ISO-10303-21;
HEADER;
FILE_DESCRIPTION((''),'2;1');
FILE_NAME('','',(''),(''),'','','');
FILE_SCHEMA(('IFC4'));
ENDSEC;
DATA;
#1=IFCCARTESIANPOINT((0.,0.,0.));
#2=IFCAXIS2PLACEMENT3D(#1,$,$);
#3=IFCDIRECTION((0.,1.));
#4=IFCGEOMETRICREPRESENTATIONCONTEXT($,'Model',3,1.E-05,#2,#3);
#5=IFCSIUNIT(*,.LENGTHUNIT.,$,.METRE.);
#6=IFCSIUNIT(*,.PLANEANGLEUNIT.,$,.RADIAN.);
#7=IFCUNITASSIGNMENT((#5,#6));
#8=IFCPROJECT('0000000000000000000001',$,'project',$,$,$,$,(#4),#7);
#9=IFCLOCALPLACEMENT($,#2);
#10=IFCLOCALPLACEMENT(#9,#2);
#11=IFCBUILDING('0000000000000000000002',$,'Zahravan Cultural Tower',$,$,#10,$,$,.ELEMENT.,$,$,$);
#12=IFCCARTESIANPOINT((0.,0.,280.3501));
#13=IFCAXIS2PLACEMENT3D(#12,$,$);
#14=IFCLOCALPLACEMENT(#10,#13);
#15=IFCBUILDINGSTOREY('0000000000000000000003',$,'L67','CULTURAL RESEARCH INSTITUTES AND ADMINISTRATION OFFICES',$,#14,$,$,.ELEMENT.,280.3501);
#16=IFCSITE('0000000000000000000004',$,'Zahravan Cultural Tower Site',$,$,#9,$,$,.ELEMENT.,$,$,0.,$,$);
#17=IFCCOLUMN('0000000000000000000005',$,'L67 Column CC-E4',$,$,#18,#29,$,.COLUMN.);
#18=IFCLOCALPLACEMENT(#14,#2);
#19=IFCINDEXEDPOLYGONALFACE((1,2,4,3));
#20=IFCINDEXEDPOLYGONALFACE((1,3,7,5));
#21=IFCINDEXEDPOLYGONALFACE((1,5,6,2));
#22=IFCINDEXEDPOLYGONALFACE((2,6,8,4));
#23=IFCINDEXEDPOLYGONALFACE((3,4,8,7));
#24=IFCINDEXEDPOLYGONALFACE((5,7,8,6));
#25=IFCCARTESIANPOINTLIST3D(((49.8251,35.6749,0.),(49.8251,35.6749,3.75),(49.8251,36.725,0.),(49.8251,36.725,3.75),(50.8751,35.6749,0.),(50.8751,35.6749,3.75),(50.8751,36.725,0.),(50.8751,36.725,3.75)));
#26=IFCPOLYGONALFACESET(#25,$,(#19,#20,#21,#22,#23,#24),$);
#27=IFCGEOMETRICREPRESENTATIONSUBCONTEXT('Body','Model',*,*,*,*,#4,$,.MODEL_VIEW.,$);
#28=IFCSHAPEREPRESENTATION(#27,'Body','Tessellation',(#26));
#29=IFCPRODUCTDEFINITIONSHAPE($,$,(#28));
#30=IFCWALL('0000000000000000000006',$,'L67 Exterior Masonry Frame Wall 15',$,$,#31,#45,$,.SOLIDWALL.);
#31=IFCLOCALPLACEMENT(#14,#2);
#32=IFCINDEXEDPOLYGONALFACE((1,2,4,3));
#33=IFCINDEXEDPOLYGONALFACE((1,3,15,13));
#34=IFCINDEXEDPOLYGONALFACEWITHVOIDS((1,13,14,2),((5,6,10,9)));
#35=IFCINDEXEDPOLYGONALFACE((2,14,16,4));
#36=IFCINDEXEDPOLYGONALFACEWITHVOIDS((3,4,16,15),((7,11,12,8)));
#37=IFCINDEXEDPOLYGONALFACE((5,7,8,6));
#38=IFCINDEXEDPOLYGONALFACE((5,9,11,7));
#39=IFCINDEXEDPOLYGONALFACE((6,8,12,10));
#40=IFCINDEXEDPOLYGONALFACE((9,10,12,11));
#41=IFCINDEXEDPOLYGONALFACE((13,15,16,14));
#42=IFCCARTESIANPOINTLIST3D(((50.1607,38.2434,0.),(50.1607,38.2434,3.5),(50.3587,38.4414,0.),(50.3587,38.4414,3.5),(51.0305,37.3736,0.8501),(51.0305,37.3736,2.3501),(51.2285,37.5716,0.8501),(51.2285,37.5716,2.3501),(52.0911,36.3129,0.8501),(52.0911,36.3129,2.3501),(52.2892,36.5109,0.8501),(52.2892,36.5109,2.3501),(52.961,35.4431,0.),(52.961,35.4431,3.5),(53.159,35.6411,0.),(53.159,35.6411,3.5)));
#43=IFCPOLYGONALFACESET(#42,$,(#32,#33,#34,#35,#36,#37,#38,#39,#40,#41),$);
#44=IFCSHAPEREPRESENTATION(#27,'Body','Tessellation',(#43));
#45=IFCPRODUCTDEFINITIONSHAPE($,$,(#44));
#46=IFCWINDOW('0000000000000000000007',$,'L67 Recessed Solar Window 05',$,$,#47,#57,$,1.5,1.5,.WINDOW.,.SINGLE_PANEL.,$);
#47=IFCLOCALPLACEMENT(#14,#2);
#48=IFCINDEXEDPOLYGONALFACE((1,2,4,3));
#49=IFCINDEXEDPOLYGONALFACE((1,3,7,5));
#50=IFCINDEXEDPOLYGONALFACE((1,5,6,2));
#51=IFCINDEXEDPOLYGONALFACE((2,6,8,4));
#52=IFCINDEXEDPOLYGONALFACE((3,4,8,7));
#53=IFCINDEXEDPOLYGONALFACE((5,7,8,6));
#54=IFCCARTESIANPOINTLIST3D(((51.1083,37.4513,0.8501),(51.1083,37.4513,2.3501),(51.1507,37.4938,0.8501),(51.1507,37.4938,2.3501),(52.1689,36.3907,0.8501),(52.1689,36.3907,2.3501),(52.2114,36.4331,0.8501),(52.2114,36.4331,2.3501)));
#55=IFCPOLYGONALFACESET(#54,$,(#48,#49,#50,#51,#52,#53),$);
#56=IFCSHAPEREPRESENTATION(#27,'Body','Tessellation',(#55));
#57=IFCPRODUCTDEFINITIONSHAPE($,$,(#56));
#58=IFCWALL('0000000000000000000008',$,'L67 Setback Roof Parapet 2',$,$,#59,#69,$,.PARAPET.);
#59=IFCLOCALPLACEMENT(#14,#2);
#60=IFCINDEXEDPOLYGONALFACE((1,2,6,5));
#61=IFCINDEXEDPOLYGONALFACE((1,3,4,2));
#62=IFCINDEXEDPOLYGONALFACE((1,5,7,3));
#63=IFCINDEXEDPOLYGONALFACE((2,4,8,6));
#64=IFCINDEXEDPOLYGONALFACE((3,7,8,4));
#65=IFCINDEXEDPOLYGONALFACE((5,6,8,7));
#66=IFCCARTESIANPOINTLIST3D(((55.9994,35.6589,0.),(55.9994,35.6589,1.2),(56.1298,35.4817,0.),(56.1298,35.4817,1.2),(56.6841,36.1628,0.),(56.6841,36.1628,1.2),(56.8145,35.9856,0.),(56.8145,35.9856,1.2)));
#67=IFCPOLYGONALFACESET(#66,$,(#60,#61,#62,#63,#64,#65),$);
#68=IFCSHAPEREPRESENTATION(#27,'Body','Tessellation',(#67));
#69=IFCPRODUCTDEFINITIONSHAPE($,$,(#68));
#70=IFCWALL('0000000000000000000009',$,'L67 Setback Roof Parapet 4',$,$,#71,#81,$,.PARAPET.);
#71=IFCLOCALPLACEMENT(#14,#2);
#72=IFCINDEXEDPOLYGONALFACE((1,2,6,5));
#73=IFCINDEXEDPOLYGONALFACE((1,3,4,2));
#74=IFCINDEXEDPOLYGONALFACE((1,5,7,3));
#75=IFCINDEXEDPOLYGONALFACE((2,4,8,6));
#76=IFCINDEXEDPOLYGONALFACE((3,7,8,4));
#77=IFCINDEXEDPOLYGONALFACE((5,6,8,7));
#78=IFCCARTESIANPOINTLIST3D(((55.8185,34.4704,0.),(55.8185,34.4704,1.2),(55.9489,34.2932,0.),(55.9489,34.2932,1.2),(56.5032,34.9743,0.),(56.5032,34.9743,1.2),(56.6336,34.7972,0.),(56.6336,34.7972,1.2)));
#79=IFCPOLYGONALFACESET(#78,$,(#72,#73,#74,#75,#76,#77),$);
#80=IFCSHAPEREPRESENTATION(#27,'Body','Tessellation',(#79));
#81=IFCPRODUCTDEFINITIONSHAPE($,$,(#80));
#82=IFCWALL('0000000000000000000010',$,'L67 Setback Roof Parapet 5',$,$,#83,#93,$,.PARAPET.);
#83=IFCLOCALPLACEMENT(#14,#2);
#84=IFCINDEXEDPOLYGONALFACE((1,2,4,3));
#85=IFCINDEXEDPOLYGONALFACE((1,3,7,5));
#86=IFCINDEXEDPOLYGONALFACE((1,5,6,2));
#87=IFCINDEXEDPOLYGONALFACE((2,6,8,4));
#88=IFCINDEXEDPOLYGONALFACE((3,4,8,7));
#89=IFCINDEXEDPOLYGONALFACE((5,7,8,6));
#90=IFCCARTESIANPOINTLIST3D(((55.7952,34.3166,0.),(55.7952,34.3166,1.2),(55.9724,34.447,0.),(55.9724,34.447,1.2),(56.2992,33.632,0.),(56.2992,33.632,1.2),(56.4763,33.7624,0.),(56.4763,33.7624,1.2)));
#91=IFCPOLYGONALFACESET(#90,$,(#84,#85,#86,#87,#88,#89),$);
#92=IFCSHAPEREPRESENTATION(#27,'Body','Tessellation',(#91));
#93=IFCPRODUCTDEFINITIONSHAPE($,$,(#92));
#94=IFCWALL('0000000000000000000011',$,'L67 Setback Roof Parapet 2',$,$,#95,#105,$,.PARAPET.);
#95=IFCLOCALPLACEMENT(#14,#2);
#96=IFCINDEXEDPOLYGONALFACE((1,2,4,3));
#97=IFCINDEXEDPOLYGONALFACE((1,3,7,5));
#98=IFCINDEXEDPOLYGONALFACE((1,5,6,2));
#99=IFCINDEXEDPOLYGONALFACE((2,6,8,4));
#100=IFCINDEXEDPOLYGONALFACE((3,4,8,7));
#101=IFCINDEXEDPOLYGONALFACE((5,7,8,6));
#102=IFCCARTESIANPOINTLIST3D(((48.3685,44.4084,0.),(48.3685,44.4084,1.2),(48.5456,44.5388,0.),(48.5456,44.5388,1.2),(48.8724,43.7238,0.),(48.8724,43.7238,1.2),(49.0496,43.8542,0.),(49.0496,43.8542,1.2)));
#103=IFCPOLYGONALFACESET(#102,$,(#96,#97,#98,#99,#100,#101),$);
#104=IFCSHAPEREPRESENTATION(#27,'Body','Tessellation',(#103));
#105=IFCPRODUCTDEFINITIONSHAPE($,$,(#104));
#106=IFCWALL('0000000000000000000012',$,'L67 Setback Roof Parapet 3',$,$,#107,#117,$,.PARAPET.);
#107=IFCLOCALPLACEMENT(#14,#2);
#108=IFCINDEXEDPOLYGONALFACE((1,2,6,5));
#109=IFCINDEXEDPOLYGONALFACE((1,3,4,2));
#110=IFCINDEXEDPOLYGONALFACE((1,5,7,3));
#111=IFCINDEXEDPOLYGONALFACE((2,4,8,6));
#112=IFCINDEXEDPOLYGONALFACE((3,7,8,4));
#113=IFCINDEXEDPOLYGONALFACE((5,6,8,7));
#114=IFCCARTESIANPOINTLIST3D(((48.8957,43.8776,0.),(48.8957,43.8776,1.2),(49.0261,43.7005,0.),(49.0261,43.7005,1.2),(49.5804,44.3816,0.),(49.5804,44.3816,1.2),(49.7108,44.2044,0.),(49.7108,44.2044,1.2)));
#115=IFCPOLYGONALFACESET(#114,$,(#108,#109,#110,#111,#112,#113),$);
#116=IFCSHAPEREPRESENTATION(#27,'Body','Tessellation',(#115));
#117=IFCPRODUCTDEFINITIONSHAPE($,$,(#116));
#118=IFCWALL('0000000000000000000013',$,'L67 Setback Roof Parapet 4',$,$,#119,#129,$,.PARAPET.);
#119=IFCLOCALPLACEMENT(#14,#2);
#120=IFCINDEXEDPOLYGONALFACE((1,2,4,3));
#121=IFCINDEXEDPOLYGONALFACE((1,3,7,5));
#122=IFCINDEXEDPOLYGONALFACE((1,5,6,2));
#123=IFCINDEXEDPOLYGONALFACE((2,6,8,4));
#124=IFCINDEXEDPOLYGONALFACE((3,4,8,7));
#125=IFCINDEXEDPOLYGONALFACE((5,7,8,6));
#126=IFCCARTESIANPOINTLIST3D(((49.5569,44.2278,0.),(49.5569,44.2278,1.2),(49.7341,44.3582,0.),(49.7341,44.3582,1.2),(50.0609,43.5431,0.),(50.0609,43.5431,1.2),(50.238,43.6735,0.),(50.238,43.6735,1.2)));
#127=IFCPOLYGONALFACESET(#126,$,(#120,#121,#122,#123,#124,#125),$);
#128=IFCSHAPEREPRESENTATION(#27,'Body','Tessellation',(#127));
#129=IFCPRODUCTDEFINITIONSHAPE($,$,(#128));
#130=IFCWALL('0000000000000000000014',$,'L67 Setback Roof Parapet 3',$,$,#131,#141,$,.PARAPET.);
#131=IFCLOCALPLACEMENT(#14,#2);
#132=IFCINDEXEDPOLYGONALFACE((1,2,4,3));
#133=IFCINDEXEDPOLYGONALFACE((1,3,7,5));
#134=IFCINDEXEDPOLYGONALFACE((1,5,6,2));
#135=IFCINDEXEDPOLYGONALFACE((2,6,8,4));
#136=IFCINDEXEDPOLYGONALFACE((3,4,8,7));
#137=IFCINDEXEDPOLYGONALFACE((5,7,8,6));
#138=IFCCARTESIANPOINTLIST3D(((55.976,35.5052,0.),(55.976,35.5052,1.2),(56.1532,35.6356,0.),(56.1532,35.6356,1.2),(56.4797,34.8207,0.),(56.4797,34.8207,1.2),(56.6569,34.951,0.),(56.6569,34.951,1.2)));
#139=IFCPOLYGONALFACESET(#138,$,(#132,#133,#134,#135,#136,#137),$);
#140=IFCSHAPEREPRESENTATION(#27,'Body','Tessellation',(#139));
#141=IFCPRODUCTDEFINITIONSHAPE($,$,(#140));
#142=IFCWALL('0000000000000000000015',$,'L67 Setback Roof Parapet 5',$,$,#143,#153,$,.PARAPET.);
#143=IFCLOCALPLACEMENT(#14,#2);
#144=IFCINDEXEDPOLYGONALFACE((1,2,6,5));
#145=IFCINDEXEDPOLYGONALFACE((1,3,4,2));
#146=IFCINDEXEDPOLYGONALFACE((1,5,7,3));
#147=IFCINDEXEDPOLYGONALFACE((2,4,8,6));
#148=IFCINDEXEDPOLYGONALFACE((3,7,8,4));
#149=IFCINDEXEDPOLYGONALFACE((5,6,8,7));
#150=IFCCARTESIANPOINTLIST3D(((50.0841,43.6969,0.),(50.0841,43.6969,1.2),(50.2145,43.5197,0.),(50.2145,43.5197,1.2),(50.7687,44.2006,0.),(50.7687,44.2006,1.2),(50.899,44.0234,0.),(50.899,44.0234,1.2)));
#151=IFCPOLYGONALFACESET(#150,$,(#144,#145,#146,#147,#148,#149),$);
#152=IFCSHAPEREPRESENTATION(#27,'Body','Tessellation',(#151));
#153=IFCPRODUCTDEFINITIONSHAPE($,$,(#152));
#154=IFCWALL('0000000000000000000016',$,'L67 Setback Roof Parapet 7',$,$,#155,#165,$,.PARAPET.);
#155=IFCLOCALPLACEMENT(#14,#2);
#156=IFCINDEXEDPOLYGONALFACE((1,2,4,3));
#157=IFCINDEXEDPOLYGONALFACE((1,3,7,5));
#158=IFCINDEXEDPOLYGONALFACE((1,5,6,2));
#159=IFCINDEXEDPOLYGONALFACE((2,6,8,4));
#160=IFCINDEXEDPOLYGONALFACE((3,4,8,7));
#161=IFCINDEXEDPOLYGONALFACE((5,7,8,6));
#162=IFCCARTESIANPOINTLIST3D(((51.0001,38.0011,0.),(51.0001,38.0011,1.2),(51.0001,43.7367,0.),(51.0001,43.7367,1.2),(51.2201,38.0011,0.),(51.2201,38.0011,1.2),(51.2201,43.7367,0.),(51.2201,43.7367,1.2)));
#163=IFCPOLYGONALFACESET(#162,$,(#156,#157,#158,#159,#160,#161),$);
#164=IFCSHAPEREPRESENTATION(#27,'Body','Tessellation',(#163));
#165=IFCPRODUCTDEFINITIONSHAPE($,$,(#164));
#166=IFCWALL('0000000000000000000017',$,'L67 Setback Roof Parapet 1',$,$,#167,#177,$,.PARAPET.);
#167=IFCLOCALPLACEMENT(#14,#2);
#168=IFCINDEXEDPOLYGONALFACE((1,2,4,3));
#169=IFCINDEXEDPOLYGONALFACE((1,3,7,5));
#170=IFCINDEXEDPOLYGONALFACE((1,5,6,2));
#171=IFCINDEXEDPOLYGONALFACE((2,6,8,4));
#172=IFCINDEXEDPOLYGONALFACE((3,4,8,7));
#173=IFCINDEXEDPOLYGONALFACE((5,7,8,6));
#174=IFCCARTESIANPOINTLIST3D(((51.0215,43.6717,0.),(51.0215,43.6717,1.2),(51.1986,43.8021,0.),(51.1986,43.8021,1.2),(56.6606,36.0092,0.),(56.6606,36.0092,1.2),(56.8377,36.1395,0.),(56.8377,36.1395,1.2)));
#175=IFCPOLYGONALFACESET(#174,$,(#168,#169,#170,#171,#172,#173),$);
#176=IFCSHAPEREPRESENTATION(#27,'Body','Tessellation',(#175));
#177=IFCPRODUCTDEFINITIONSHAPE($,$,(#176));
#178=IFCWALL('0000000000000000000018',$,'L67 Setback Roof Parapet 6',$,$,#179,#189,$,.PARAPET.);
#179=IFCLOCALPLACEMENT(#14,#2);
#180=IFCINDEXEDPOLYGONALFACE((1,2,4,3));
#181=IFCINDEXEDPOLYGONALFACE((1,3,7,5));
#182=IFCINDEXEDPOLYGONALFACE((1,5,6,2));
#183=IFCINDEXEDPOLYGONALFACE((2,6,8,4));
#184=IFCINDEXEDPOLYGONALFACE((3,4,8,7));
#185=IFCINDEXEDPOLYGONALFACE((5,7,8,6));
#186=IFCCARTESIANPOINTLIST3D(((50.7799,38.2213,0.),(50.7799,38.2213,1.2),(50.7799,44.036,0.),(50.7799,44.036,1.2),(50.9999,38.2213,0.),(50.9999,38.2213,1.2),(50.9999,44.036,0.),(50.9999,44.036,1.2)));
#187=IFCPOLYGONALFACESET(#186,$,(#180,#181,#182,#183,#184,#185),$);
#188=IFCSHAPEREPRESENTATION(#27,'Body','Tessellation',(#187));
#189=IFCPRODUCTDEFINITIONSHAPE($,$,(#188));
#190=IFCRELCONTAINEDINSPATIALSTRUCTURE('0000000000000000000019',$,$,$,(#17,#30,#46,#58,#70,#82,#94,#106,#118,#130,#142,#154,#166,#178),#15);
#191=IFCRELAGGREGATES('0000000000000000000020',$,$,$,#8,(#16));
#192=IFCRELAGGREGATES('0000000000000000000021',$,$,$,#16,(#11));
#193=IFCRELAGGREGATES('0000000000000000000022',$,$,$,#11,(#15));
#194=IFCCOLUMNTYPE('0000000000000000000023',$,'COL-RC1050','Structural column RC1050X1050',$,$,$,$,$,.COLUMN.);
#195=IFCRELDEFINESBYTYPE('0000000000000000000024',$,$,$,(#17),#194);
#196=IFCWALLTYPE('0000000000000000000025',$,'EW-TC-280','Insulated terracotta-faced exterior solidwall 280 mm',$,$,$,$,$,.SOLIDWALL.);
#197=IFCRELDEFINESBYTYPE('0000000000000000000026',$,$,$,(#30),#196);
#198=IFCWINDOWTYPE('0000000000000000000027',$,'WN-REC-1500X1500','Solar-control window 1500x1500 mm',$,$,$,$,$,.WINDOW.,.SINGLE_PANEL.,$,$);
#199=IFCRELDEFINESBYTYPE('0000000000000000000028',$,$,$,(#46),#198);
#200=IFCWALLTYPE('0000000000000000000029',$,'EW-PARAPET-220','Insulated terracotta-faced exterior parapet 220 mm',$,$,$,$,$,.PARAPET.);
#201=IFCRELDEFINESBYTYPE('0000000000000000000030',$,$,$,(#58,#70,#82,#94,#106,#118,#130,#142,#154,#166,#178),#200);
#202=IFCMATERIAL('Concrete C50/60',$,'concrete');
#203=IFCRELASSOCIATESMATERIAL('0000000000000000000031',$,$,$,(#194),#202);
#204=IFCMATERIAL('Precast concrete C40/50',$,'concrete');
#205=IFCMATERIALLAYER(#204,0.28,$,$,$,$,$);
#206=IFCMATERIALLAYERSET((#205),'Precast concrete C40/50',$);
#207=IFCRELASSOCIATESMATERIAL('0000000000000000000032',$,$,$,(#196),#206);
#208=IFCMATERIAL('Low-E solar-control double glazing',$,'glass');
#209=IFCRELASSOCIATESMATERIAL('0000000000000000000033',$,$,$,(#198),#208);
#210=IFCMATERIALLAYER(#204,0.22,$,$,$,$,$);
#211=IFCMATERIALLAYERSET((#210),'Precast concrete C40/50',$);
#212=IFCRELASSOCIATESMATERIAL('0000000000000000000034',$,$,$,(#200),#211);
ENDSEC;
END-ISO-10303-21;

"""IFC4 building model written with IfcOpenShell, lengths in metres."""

from ifc_helpers import new_model, si_unit, direction, frame, frame_2d, origin, origin_2d, place, context, subcontext, project, spatial, rectangle, extrude, source, transform, mapped, material, layer, layer_set, material_profile, profile_set, type_object, element, fill, save


model = new_model("IFC4")

# Units and contexts
model_context = context("Model", 3, precision=1e-05, world=origin(), true_north=direction((0.0, 1.0)))
body_context = subcontext(model_context, "Body", "Model", "MODEL_VIEW")
ifc_project = project(units=[si_unit("LENGTHUNIT", "METRE"), si_unit("PLANEANGLEUNIT", "RADIAN")], contexts=[model_context])

# Site, building, storey
site_placement = place(None, origin())
site = spatial("IfcSite", under=ifc_project, at=site_placement, Name="Zahravan Cultural Tower Site", CompositionType="ELEMENT", RefElevation=0.0)
building_placement = place(site_placement, origin())
building = spatial("IfcBuilding", under=site, at=building_placement, Name="Zahravan Cultural Tower", CompositionType="ELEMENT")
storey_placement = place(building_placement, frame((0.0, 0.0, 280.3501)))
storey = spatial("IfcBuildingStorey", under=building, at=storey_placement, Name="L67", Description="CULTURAL RESEARCH INSTITUTES AND ADMINISTRATION OFFICES", CompositionType="ELEMENT", Elevation=280.3501)

# Column
ifc_material_1 = material(Name="Concrete C50/60", Category="concrete")
ifc_material_profile = material_profile(ifc_material_1, rectangle(XDim=1.05, YDim=1.05, at=origin_2d()), Name="RC1050X1050")
ifc_profile_set = profile_set([ifc_material_profile], Name="Concrete C50/60")
column_type = type_object("IfcColumnType", Name="COL-RC1050", Description="Structural column RC1050X1050", PredefinedType="COLUMN", material=ifc_profile_set)
shared_shape_1 = source(origin(), body_context, "Body", "SweptSolid", [
    extrude(rectangle(XDim=1.05, YDim=1.05, at=origin_2d()), origin(), (0.0, 0.0, 1.0), 3.75),
])
column_placement = place(storey_placement, frame((50.3501, 36.2, 0.0), z_axis=(0.0, 0.0, 1.0), x_axis=(1.0, 0.0, 0.0)))
element("IfcColumn", 1, at=column_placement, inside=storey, type_object=column_type, Name="L67 Column CC-E4", PredefinedType="COLUMN", context=body_context, shape_type="MappedRepresentation", body=[
    mapped(shared_shape_1, transform((0.0, 0.0, 0.0), x_axis=(1.0, 0.0, 0.0), y_axis=(0.0, 1.0, 0.0), z_axis=(0.0, 0.0, 1.0), scale=1.0)),
])

# Wall, opening, window
ifc_material_2 = material(Name="Precast concrete C40/50", Category="concrete")
ifc_layer_1 = layer(ifc_material_2, 0.28)
ifc_layer_set_1 = layer_set([ifc_layer_1], Name="Precast concrete C40/50")
wall_type_1 = type_object("IfcWallType", Name="EW-TC-280", Description="Insulated terracotta-faced exterior solidwall 280 mm", PredefinedType="SOLIDWALL", material=ifc_layer_set_1)
wall_1_placement = place(storey_placement, frame((50.2598, 38.3423, 0.0), z_axis=(0.0, 0.0, 1.0), x_axis=(0.707107, -0.707107, 0.0)))
wall_1 = element("IfcWall", 2, at=wall_1_placement, inside=storey, type_object=wall_type_1, Name="L67 Exterior Masonry Frame Wall 15", PredefinedType="SOLIDWALL", context=body_context, shape_type="SweptSolid", body=[
    extrude(rectangle(XDim=3.9602, YDim=0.28, at=frame_2d((1.98, 0.0))), origin(), (0.0, 0.0, 1.0), 3.5),
])
opening_placement = place(wall_1_placement, frame((1.23, 0.0, 0.8501)))
opening = element("IfcOpeningElement", 3, at=opening_placement, cuts=wall_1, PredefinedType="OPENING", context=body_context, shape_type="SweptSolid", body=[
    extrude(rectangle(XDim=1.5, YDim=1.5, at=frame_2d((0.75, 0.75))), frame((0.0, 0.1499, 0.0), z_axis=(0.0, -1.0, 0.0), x_axis=(1.0, 0.0, 0.0)), (0.0, 0.0, 1.0), 0.3),
])
ifc_material_3 = material(Name="Low-E solar-control double glazing", Category="glass")
window_type = type_object("IfcWindowType", Name="WN-REC-1500X1500", Description="Solar-control window 1500x1500 mm", PartitioningType="SINGLE_PANEL", PredefinedType="WINDOW", material=ifc_material_3)
shared_shape_2 = source(origin(), body_context, "Body", "SweptSolid", [
    extrude(rectangle(XDim=1.5, YDim=1.5, at=frame_2d((0.75, 0.75))), frame((0.0, 0.03, 0.0), z_axis=(0.0, -1.0, 0.0), x_axis=(1.0, 0.0, 0.0)), (0.0, 0.0, 1.0), 0.0601),
])
window_placement = place(opening_placement, origin())
window = element("IfcWindow", 4, at=window_placement, inside=storey, type_object=window_type, Name="L67 Recessed Solar Window 05", OverallHeight=1.5, OverallWidth=1.5, PartitioningType="SINGLE_PANEL", PredefinedType="WINDOW", context=body_context, shape_type="MappedRepresentation", body=[
    mapped(shared_shape_2, transform((0.0, 0.0, 0.0), x_axis=(1.0, 0.0, 0.0), y_axis=(0.0, 1.0, 0.0), z_axis=(0.0, 0.0, 1.0), scale=1.0)),
])
fill(opening, window)

# Walls
ifc_layer_2 = layer(ifc_material_2, 0.22)
ifc_layer_set_2 = layer_set([ifc_layer_2], Name="Precast concrete C40/50")
wall_type_2 = type_object("IfcWallType", Name="EW-PARAPET-220", Description="Insulated terracotta-faced exterior parapet 220 mm", PredefinedType="PARAPET", material=ifc_layer_set_2)
shared_shape_3 = source(origin(), body_context, "Body", "SweptSolid", [
    extrude(rectangle(XDim=0.8501, YDim=0.22, at=frame_2d((0.425, 0.0))), origin(), (0.0, 0.0, 1.0), 1.2),
])
for number, where, z_axis, x_axis, name in (
    (5, (56.7493, 36.0742, 0.0), (0.0, 0.0, 1.0), (-0.805345, -0.592807, 0.0), "L67 Setback Roof Parapet 2"),
    (6, (56.5684, 34.8857, 0.0), (0.0, 0.0, 1.0), (-0.805345, -0.592807, 0.0), "L67 Setback Roof Parapet 4"),
    (7, (55.8838, 34.3818, 0.0), (0.0, 0.0, 1.0), (0.592807, -0.805345, 0.0), "L67 Setback Roof Parapet 5"),
    (8, (48.457, 44.4736, 0.0), (0.0, 0.0, 1.0), (0.592807, -0.805345, 0.0), "L67 Setback Roof Parapet 2"),
    (9, (48.9609, 43.7891, 0.0), (0.0, 0.0, 1.0), (0.805345, 0.592807, 0.0), "L67 Setback Roof Parapet 3"),
    (10, (49.6455, 44.293, 0.0), (0.0, 0.0, 1.0), (0.592807, -0.805345, 0.0), "L67 Setback Roof Parapet 4"),
):
    element("IfcWall", number, at=place(storey_placement, frame(where, z_axis=z_axis, x_axis=x_axis)), inside=storey, type_object=wall_type_2, Name=name, PredefinedType="PARAPET", context=body_context, shape_type="MappedRepresentation", body=[
        mapped(shared_shape_3, transform((0.0, 0.0, 0.0), x_axis=(1.0, 0.0, 0.0), y_axis=(0.0, 1.0, 0.0), z_axis=(0.0, 0.0, 1.0), scale=1.0)),
    ])
shared_shape_4 = source(origin(), body_context, "Body", "SweptSolid", [
    extrude(rectangle(XDim=0.8499, YDim=0.22, at=frame_2d((0.4248, 0.0))), origin(), (0.0, 0.0, 1.0), 1.2),
])
for number, where, z_axis, x_axis, name in (
    (11, (56.0647, 35.5703, 0.0), (0.0, 0.0, 1.0), (0.592621, -0.805482, 0.0), "L67 Setback Roof Parapet 3"),
    (12, (50.1494, 43.6084, 0.0), (0.0, 0.0, 1.0), (0.805482, 0.592621, 0.0), "L67 Setback Roof Parapet 5"),
):
    element("IfcWall", number, at=place(storey_placement, frame(where, z_axis=z_axis, x_axis=x_axis)), inside=storey, type_object=wall_type_2, Name=name, PredefinedType="PARAPET", context=body_context, shape_type="MappedRepresentation", body=[
        mapped(shared_shape_4, transform((0.0, 0.0, 0.0), x_axis=(1.0, 0.0, 0.0), y_axis=(0.0, 1.0, 0.0), z_axis=(0.0, 0.0, 1.0), scale=1.0)),
    ])
shared_shape_5 = source(origin(), body_context, "Body", "SweptSolid", [
    extrude(rectangle(XDim=5.7356, YDim=0.22, at=frame_2d((2.8677, 0.0))), origin(), (0.0, 0.0, 1.0), 1.2),
])
wall_2_placement = place(storey_placement, frame((51.1101, 38.0012, 0.0), z_axis=(0.0, 0.0, 1.0), x_axis=(0.0, 1.0, 0.0)))
element("IfcWall", 13, at=wall_2_placement, inside=storey, type_object=wall_type_2, Name="L67 Setback Roof Parapet 7", PredefinedType="PARAPET", context=body_context, shape_type="MappedRepresentation", body=[
    mapped(shared_shape_5, transform((0.0, 0.0, 0.0), x_axis=(1.0, 0.0, 0.0), y_axis=(0.0, 1.0, 0.0), z_axis=(0.0, 0.0, 1.0), scale=1.0)),
])
shared_shape_6 = source(origin(), body_context, "Body", "SweptSolid", [
    extrude(rectangle(XDim=9.5139, YDim=0.22, at=frame_2d((4.7568, 0.0))), origin(), (0.0, 0.0, 1.0), 1.2),
])
wall_3_placement = place(storey_placement, frame((51.1101, 43.7368, 0.0), z_axis=(0.0, 0.0, 1.0), x_axis=(0.592725, -0.805405, 0.0)))
element("IfcWall", 14, at=wall_3_placement, inside=storey, type_object=wall_type_2, Name="L67 Setback Roof Parapet 1", PredefinedType="PARAPET", context=body_context, shape_type="MappedRepresentation", body=[
    mapped(shared_shape_6, transform((0.0, 0.0, 0.0), x_axis=(1.0, 0.0, 0.0), y_axis=(0.0, 1.0, 0.0), z_axis=(0.0, 0.0, 1.0), scale=1.0)),
])
shared_shape_7 = source(origin(), body_context, "Body", "SweptSolid", [
    extrude(rectangle(XDim=5.8147, YDim=0.22, at=frame_2d((2.9072, 0.0))), origin(), (0.0, 0.0, 1.0), 1.2),
])
wall_4_placement = place(storey_placement, frame((50.8899, 44.0359, 0.0), z_axis=(0.0, 0.0, 1.0), x_axis=(0.0, -1.0, 0.0)))
element("IfcWall", 15, at=wall_4_placement, inside=storey, type_object=wall_type_2, Name="L67 Setback Roof Parapet 6", PredefinedType="PARAPET", context=body_context, shape_type="MappedRepresentation", body=[
    mapped(shared_shape_7, transform((0.0, 0.0, 0.0), x_axis=(1.0, 0.0, 0.0), y_axis=(0.0, 1.0, 0.0), z_axis=(0.0, 0.0, 1.0), scale=1.0)),
])

save(model, "model.ifc")
